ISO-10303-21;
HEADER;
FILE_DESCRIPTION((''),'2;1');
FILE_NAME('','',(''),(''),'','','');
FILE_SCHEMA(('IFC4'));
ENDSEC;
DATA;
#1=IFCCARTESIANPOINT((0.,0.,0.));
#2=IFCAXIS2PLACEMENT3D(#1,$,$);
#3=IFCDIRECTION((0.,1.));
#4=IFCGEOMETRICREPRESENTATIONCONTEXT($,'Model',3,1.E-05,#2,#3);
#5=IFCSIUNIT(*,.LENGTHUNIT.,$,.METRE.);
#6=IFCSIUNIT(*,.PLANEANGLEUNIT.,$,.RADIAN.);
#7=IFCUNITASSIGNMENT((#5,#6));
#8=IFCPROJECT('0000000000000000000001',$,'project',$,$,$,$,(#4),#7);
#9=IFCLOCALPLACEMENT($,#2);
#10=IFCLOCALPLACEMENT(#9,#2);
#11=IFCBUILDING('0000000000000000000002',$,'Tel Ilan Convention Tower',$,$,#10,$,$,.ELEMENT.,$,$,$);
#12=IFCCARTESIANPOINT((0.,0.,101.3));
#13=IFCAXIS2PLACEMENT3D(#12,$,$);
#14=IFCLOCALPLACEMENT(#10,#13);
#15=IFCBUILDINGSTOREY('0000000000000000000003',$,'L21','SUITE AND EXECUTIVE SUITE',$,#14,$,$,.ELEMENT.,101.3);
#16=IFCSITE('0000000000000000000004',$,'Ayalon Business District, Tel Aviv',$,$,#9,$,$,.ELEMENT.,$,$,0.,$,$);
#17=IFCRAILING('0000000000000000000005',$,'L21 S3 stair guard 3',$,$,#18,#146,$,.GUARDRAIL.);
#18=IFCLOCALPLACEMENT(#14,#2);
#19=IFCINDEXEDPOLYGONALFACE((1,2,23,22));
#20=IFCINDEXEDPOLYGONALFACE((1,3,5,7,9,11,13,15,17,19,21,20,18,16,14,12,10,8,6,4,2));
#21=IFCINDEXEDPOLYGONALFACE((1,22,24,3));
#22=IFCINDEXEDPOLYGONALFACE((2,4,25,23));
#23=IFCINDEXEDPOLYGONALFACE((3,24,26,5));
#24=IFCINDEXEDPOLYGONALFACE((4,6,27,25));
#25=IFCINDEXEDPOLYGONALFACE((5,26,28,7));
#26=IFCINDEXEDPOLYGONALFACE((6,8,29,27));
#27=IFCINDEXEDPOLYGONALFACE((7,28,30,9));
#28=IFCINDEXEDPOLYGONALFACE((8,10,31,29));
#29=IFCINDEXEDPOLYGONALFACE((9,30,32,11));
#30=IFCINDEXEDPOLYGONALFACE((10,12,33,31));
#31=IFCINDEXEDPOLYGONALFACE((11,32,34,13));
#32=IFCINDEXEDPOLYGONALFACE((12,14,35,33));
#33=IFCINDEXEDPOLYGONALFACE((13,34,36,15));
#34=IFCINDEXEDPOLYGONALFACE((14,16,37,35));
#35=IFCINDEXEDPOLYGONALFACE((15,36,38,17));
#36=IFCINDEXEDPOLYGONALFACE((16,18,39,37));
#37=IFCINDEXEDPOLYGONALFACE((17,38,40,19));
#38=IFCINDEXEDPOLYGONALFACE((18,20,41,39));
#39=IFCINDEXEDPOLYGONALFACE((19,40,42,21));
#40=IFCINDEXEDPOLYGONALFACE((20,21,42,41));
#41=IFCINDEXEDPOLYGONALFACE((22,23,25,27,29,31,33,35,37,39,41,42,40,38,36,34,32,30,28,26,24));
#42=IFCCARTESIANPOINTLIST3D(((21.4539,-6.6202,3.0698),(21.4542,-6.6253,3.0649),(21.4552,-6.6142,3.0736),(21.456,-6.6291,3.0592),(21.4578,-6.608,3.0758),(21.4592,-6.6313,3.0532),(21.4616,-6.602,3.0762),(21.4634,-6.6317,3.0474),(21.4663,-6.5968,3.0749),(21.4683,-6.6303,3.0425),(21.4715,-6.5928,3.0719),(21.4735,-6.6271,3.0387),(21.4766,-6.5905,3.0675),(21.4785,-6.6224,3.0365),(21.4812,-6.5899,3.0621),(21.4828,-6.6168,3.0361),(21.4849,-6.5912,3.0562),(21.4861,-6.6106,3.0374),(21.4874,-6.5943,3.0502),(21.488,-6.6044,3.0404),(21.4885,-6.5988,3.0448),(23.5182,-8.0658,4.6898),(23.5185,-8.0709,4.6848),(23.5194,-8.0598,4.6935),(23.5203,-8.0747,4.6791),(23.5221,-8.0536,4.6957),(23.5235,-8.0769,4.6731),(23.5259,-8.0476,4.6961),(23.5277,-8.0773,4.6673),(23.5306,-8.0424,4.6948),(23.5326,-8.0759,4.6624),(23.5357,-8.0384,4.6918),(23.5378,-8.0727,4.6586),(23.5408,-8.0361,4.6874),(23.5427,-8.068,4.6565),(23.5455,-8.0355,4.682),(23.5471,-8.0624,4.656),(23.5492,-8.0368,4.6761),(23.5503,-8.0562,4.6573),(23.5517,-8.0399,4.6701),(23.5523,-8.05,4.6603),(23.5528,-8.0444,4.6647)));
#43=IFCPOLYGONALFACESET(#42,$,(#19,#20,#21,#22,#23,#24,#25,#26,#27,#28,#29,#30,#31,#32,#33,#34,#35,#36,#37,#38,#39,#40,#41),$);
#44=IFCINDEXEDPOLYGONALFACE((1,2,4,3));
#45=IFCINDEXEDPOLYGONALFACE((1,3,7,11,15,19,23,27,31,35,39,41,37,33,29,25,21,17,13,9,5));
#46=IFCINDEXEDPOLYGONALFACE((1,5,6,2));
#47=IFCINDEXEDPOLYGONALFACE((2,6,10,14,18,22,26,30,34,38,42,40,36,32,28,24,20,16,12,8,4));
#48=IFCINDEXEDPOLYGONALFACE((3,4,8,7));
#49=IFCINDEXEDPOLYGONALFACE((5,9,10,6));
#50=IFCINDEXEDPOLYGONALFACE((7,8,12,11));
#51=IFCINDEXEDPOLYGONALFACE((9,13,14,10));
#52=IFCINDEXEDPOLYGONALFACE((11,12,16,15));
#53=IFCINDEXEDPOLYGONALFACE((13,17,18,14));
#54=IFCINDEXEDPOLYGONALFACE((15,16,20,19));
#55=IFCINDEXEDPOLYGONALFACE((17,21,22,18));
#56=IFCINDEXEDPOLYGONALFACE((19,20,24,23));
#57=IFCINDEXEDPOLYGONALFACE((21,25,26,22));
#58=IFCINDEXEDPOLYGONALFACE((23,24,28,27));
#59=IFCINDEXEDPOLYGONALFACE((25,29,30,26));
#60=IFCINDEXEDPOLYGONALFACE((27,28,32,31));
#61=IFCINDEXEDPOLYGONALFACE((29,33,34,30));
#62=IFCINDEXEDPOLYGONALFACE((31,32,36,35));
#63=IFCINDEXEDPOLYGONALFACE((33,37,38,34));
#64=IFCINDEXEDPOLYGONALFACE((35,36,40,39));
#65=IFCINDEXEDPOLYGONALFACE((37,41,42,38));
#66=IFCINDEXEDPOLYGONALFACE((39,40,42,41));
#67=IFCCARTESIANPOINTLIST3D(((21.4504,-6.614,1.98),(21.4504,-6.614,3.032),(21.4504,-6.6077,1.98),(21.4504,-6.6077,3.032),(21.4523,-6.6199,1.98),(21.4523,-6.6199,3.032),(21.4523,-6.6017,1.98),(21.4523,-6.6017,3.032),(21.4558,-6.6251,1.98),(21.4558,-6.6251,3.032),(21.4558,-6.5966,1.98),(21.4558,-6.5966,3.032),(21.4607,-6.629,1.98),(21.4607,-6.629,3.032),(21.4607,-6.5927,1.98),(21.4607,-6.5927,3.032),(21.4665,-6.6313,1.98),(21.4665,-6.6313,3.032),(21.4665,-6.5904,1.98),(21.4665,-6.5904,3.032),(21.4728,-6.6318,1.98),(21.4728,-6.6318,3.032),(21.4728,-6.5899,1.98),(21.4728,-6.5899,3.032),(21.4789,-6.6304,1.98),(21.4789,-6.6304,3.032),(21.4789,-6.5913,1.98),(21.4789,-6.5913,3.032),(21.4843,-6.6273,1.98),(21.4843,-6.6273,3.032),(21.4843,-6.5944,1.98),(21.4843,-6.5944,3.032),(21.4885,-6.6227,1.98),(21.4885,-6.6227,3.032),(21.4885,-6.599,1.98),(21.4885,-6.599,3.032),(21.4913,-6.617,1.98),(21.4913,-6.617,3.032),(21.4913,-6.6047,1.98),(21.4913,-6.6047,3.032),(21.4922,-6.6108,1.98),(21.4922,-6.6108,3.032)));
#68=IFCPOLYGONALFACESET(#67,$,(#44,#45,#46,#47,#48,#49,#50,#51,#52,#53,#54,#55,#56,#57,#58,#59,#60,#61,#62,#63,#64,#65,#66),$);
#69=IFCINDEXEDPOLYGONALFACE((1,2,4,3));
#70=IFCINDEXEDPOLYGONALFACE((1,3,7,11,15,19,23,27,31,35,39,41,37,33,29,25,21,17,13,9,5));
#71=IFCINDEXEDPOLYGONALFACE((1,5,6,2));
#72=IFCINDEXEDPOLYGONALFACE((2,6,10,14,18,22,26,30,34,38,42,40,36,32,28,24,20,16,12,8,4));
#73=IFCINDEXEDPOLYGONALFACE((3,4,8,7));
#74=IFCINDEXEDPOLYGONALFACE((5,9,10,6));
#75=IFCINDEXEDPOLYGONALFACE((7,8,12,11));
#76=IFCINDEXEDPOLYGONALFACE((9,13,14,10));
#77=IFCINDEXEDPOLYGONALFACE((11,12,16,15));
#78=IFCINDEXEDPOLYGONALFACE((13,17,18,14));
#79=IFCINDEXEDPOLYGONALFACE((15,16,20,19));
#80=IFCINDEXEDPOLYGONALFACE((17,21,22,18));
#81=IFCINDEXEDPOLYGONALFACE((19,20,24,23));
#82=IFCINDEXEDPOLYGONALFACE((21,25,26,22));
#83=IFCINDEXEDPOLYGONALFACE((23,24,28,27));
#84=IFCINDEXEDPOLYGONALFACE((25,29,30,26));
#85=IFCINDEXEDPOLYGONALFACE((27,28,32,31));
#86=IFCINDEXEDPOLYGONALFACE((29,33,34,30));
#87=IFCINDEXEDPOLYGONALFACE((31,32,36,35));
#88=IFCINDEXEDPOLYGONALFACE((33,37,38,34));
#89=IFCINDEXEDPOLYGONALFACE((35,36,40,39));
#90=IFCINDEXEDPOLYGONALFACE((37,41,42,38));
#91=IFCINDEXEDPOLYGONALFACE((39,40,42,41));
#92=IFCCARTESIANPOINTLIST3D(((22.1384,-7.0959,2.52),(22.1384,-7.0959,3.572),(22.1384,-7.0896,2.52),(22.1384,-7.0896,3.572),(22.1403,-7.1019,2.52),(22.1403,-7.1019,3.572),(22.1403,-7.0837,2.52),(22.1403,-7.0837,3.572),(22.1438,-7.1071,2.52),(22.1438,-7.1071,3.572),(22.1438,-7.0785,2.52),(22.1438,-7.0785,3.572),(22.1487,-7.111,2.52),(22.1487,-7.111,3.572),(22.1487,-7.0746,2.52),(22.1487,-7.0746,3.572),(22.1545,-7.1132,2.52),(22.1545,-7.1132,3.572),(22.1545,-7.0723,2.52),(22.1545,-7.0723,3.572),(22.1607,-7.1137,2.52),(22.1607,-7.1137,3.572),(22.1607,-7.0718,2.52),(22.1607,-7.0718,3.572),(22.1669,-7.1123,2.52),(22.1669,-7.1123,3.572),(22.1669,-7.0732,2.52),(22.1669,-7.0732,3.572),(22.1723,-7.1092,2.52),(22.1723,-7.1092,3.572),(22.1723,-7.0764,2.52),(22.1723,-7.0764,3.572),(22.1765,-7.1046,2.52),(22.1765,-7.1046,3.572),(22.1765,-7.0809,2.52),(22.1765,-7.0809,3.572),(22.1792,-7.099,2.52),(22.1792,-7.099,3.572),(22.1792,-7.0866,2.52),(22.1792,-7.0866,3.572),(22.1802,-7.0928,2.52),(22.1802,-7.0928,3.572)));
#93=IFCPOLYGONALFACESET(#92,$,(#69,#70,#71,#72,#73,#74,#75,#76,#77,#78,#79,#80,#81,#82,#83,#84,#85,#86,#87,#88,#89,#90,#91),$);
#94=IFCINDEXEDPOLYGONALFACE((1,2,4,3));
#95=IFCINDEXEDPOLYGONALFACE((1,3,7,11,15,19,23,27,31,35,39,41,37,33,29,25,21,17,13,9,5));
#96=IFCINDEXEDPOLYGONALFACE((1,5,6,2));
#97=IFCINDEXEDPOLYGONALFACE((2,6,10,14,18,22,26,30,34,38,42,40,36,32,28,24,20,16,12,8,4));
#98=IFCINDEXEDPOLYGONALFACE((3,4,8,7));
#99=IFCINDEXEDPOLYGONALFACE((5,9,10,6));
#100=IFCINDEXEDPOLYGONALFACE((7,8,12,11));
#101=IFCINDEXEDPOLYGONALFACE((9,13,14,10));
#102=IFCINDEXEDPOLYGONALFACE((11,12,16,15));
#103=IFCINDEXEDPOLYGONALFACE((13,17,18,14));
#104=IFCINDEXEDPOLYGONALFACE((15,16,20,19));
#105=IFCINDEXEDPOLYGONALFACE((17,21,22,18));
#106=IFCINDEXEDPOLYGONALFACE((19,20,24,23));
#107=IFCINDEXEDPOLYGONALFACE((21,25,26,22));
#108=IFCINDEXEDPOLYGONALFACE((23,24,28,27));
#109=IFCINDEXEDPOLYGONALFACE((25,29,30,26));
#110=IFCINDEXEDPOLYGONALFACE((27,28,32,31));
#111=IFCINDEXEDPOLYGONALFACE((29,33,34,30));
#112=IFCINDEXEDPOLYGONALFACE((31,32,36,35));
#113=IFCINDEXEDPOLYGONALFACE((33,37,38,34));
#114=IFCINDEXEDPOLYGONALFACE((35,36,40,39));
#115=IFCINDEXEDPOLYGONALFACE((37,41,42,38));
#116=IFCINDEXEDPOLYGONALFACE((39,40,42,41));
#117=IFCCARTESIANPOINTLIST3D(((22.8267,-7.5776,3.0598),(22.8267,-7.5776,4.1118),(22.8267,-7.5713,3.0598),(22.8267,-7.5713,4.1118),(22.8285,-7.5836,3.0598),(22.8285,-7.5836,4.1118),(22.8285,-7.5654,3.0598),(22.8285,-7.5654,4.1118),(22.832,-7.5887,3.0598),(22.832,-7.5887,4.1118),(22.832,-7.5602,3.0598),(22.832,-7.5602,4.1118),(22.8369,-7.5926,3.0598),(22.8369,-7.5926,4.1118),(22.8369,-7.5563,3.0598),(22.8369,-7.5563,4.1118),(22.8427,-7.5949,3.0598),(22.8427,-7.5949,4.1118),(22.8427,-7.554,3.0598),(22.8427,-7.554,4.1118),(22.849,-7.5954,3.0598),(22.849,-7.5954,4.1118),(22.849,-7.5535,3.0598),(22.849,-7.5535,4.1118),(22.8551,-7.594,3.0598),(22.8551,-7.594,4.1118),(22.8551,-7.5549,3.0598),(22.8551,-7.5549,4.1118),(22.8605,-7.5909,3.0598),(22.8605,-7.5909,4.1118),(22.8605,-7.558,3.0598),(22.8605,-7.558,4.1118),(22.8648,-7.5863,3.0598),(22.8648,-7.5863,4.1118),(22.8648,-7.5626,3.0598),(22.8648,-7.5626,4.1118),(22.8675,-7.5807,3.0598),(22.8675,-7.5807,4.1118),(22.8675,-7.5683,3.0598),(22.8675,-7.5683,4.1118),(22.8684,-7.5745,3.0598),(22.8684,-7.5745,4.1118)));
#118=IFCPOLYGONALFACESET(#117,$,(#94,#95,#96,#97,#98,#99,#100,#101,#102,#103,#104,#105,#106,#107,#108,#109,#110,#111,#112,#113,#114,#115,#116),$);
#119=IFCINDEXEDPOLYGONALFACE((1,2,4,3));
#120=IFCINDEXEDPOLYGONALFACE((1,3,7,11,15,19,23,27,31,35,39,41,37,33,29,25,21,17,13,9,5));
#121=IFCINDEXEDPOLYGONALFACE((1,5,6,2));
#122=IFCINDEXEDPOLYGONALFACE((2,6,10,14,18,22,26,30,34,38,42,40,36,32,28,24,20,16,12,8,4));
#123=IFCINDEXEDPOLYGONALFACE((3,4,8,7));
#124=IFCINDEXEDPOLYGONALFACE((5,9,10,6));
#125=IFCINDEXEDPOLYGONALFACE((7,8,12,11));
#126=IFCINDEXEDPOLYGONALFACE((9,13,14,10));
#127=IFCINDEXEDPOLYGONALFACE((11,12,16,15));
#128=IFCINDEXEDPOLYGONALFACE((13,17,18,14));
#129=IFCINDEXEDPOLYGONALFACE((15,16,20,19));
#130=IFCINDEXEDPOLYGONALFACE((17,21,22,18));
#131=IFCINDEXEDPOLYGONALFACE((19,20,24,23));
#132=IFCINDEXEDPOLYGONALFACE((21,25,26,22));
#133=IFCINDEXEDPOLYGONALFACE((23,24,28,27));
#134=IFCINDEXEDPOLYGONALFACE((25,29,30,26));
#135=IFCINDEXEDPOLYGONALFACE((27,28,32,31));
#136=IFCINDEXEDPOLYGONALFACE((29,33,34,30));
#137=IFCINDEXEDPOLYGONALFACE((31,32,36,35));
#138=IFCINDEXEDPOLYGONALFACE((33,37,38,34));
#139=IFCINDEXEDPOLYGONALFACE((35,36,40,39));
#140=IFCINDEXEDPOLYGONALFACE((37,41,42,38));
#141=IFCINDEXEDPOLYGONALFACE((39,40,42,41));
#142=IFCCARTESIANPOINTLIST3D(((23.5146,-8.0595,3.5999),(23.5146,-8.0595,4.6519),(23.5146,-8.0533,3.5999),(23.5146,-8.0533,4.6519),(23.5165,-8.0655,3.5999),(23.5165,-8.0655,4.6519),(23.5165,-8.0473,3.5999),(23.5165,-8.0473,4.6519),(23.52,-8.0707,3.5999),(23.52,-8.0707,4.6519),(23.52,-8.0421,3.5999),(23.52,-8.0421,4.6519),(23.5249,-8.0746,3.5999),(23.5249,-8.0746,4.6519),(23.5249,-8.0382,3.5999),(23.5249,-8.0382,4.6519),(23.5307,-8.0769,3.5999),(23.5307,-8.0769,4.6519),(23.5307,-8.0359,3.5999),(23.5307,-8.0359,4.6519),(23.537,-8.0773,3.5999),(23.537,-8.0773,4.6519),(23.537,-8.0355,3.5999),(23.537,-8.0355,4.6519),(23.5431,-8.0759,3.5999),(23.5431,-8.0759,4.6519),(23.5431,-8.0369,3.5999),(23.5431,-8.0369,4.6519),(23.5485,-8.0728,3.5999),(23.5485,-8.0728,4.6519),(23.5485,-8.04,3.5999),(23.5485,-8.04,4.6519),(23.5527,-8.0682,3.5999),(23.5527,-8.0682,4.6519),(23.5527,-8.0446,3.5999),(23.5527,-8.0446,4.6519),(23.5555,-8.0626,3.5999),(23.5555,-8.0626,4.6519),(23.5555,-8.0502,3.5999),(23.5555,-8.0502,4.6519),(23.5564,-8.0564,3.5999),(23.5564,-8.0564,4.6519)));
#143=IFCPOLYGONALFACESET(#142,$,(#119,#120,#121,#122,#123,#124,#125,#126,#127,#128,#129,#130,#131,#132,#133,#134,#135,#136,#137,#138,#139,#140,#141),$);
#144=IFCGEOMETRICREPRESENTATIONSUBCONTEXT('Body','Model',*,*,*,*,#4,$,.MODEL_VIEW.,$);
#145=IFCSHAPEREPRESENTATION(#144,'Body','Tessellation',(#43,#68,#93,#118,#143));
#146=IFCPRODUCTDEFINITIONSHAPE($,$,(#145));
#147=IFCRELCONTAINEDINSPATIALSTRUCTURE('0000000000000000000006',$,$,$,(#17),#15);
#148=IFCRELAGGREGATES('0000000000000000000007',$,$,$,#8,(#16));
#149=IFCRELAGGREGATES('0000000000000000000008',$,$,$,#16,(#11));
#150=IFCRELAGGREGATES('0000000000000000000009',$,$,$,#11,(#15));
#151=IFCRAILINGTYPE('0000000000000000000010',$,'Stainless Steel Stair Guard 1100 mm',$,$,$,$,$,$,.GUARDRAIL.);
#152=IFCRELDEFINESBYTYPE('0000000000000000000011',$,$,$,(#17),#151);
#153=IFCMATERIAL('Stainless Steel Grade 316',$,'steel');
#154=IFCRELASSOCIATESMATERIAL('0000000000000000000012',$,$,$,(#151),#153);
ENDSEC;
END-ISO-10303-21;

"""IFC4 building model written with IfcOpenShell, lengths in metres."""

from ifc_helpers import new_model, si_unit, direction, frame, origin, origin_2d, place, context, subcontext, project, spatial, circle, extrude, material, type_object, element, save


model = new_model("IFC4")

# Units and contexts
model_context = context("Model", 3, precision=1e-05, world=origin(), true_north=direction((0.0, 1.0)))
body_context = subcontext(model_context, "Body", "Model", "MODEL_VIEW")
ifc_project = project(units=[si_unit("LENGTHUNIT", "METRE"), si_unit("PLANEANGLEUNIT", "RADIAN")], contexts=[model_context])

# Site, building, storey
site_placement = place(None, origin())
site = spatial("IfcSite", under=ifc_project, at=site_placement, Name="Ayalon Business District, Tel Aviv", CompositionType="ELEMENT", RefElevation=0.0)
building_placement = place(site_placement, origin())
building = spatial("IfcBuilding", under=site, at=building_placement, Name="Tel Ilan Convention Tower", CompositionType="ELEMENT")
storey_placement = place(building_placement, frame((0.0, 0.0, 101.3)))
storey = spatial("IfcBuildingStorey", under=building, at=storey_placement, Name="L21", Description="SUITE AND EXECUTIVE SUITE", CompositionType="ELEMENT", Elevation=101.3)

# Railing
ifc_material_1 = material(Name="Stainless Steel Grade 316", Category="steel")
railing_type_1 = type_object("IfcRailingType", Name="Stainless Steel Stair Guard 1100 mm", PredefinedType="GUARDRAIL", material=ifc_material_1)
railing_1_placement = place(storey_placement, frame((21.4712, -6.6108, 1.98)))
element("IfcRailing", 1, at=railing_1_placement, inside=storey, type_object=railing_type_1, Name="L21 S3 stair guard 3", PredefinedType="GUARDRAIL", context=body_context, shape_type="SweptSolid", body=[
    extrude(circle(Radius=0.0239, at=origin_2d()), frame((0.0, 0.0, 1.0762), z_axis=(0.689043, -0.482534, 0.540722), x_axis=(0.573625, 0.819118, 0.0)), (0.0, 0.0, 1.0), 2.9958),
    extrude(circle(Radius=0.021, at=origin_2d()), origin(), (0.0, 0.0, 1.0), 1.052),
    extrude(circle(Radius=0.021, at=origin_2d()), frame((0.688, -0.4819, 0.54)), (0.0, 0.0, 1.0), 1.052),
    extrude(circle(Radius=0.021, at=origin_2d()), frame((1.3762, -0.9636, 1.0798)), (0.0, 0.0, 1.0), 1.052),
    extrude(circle(Radius=0.021, at=origin_2d()), frame((2.0642, -1.4456, 1.6199)), (0.0, 0.0, 1.0), 1.052),
])

save(model, "model.ifc")
